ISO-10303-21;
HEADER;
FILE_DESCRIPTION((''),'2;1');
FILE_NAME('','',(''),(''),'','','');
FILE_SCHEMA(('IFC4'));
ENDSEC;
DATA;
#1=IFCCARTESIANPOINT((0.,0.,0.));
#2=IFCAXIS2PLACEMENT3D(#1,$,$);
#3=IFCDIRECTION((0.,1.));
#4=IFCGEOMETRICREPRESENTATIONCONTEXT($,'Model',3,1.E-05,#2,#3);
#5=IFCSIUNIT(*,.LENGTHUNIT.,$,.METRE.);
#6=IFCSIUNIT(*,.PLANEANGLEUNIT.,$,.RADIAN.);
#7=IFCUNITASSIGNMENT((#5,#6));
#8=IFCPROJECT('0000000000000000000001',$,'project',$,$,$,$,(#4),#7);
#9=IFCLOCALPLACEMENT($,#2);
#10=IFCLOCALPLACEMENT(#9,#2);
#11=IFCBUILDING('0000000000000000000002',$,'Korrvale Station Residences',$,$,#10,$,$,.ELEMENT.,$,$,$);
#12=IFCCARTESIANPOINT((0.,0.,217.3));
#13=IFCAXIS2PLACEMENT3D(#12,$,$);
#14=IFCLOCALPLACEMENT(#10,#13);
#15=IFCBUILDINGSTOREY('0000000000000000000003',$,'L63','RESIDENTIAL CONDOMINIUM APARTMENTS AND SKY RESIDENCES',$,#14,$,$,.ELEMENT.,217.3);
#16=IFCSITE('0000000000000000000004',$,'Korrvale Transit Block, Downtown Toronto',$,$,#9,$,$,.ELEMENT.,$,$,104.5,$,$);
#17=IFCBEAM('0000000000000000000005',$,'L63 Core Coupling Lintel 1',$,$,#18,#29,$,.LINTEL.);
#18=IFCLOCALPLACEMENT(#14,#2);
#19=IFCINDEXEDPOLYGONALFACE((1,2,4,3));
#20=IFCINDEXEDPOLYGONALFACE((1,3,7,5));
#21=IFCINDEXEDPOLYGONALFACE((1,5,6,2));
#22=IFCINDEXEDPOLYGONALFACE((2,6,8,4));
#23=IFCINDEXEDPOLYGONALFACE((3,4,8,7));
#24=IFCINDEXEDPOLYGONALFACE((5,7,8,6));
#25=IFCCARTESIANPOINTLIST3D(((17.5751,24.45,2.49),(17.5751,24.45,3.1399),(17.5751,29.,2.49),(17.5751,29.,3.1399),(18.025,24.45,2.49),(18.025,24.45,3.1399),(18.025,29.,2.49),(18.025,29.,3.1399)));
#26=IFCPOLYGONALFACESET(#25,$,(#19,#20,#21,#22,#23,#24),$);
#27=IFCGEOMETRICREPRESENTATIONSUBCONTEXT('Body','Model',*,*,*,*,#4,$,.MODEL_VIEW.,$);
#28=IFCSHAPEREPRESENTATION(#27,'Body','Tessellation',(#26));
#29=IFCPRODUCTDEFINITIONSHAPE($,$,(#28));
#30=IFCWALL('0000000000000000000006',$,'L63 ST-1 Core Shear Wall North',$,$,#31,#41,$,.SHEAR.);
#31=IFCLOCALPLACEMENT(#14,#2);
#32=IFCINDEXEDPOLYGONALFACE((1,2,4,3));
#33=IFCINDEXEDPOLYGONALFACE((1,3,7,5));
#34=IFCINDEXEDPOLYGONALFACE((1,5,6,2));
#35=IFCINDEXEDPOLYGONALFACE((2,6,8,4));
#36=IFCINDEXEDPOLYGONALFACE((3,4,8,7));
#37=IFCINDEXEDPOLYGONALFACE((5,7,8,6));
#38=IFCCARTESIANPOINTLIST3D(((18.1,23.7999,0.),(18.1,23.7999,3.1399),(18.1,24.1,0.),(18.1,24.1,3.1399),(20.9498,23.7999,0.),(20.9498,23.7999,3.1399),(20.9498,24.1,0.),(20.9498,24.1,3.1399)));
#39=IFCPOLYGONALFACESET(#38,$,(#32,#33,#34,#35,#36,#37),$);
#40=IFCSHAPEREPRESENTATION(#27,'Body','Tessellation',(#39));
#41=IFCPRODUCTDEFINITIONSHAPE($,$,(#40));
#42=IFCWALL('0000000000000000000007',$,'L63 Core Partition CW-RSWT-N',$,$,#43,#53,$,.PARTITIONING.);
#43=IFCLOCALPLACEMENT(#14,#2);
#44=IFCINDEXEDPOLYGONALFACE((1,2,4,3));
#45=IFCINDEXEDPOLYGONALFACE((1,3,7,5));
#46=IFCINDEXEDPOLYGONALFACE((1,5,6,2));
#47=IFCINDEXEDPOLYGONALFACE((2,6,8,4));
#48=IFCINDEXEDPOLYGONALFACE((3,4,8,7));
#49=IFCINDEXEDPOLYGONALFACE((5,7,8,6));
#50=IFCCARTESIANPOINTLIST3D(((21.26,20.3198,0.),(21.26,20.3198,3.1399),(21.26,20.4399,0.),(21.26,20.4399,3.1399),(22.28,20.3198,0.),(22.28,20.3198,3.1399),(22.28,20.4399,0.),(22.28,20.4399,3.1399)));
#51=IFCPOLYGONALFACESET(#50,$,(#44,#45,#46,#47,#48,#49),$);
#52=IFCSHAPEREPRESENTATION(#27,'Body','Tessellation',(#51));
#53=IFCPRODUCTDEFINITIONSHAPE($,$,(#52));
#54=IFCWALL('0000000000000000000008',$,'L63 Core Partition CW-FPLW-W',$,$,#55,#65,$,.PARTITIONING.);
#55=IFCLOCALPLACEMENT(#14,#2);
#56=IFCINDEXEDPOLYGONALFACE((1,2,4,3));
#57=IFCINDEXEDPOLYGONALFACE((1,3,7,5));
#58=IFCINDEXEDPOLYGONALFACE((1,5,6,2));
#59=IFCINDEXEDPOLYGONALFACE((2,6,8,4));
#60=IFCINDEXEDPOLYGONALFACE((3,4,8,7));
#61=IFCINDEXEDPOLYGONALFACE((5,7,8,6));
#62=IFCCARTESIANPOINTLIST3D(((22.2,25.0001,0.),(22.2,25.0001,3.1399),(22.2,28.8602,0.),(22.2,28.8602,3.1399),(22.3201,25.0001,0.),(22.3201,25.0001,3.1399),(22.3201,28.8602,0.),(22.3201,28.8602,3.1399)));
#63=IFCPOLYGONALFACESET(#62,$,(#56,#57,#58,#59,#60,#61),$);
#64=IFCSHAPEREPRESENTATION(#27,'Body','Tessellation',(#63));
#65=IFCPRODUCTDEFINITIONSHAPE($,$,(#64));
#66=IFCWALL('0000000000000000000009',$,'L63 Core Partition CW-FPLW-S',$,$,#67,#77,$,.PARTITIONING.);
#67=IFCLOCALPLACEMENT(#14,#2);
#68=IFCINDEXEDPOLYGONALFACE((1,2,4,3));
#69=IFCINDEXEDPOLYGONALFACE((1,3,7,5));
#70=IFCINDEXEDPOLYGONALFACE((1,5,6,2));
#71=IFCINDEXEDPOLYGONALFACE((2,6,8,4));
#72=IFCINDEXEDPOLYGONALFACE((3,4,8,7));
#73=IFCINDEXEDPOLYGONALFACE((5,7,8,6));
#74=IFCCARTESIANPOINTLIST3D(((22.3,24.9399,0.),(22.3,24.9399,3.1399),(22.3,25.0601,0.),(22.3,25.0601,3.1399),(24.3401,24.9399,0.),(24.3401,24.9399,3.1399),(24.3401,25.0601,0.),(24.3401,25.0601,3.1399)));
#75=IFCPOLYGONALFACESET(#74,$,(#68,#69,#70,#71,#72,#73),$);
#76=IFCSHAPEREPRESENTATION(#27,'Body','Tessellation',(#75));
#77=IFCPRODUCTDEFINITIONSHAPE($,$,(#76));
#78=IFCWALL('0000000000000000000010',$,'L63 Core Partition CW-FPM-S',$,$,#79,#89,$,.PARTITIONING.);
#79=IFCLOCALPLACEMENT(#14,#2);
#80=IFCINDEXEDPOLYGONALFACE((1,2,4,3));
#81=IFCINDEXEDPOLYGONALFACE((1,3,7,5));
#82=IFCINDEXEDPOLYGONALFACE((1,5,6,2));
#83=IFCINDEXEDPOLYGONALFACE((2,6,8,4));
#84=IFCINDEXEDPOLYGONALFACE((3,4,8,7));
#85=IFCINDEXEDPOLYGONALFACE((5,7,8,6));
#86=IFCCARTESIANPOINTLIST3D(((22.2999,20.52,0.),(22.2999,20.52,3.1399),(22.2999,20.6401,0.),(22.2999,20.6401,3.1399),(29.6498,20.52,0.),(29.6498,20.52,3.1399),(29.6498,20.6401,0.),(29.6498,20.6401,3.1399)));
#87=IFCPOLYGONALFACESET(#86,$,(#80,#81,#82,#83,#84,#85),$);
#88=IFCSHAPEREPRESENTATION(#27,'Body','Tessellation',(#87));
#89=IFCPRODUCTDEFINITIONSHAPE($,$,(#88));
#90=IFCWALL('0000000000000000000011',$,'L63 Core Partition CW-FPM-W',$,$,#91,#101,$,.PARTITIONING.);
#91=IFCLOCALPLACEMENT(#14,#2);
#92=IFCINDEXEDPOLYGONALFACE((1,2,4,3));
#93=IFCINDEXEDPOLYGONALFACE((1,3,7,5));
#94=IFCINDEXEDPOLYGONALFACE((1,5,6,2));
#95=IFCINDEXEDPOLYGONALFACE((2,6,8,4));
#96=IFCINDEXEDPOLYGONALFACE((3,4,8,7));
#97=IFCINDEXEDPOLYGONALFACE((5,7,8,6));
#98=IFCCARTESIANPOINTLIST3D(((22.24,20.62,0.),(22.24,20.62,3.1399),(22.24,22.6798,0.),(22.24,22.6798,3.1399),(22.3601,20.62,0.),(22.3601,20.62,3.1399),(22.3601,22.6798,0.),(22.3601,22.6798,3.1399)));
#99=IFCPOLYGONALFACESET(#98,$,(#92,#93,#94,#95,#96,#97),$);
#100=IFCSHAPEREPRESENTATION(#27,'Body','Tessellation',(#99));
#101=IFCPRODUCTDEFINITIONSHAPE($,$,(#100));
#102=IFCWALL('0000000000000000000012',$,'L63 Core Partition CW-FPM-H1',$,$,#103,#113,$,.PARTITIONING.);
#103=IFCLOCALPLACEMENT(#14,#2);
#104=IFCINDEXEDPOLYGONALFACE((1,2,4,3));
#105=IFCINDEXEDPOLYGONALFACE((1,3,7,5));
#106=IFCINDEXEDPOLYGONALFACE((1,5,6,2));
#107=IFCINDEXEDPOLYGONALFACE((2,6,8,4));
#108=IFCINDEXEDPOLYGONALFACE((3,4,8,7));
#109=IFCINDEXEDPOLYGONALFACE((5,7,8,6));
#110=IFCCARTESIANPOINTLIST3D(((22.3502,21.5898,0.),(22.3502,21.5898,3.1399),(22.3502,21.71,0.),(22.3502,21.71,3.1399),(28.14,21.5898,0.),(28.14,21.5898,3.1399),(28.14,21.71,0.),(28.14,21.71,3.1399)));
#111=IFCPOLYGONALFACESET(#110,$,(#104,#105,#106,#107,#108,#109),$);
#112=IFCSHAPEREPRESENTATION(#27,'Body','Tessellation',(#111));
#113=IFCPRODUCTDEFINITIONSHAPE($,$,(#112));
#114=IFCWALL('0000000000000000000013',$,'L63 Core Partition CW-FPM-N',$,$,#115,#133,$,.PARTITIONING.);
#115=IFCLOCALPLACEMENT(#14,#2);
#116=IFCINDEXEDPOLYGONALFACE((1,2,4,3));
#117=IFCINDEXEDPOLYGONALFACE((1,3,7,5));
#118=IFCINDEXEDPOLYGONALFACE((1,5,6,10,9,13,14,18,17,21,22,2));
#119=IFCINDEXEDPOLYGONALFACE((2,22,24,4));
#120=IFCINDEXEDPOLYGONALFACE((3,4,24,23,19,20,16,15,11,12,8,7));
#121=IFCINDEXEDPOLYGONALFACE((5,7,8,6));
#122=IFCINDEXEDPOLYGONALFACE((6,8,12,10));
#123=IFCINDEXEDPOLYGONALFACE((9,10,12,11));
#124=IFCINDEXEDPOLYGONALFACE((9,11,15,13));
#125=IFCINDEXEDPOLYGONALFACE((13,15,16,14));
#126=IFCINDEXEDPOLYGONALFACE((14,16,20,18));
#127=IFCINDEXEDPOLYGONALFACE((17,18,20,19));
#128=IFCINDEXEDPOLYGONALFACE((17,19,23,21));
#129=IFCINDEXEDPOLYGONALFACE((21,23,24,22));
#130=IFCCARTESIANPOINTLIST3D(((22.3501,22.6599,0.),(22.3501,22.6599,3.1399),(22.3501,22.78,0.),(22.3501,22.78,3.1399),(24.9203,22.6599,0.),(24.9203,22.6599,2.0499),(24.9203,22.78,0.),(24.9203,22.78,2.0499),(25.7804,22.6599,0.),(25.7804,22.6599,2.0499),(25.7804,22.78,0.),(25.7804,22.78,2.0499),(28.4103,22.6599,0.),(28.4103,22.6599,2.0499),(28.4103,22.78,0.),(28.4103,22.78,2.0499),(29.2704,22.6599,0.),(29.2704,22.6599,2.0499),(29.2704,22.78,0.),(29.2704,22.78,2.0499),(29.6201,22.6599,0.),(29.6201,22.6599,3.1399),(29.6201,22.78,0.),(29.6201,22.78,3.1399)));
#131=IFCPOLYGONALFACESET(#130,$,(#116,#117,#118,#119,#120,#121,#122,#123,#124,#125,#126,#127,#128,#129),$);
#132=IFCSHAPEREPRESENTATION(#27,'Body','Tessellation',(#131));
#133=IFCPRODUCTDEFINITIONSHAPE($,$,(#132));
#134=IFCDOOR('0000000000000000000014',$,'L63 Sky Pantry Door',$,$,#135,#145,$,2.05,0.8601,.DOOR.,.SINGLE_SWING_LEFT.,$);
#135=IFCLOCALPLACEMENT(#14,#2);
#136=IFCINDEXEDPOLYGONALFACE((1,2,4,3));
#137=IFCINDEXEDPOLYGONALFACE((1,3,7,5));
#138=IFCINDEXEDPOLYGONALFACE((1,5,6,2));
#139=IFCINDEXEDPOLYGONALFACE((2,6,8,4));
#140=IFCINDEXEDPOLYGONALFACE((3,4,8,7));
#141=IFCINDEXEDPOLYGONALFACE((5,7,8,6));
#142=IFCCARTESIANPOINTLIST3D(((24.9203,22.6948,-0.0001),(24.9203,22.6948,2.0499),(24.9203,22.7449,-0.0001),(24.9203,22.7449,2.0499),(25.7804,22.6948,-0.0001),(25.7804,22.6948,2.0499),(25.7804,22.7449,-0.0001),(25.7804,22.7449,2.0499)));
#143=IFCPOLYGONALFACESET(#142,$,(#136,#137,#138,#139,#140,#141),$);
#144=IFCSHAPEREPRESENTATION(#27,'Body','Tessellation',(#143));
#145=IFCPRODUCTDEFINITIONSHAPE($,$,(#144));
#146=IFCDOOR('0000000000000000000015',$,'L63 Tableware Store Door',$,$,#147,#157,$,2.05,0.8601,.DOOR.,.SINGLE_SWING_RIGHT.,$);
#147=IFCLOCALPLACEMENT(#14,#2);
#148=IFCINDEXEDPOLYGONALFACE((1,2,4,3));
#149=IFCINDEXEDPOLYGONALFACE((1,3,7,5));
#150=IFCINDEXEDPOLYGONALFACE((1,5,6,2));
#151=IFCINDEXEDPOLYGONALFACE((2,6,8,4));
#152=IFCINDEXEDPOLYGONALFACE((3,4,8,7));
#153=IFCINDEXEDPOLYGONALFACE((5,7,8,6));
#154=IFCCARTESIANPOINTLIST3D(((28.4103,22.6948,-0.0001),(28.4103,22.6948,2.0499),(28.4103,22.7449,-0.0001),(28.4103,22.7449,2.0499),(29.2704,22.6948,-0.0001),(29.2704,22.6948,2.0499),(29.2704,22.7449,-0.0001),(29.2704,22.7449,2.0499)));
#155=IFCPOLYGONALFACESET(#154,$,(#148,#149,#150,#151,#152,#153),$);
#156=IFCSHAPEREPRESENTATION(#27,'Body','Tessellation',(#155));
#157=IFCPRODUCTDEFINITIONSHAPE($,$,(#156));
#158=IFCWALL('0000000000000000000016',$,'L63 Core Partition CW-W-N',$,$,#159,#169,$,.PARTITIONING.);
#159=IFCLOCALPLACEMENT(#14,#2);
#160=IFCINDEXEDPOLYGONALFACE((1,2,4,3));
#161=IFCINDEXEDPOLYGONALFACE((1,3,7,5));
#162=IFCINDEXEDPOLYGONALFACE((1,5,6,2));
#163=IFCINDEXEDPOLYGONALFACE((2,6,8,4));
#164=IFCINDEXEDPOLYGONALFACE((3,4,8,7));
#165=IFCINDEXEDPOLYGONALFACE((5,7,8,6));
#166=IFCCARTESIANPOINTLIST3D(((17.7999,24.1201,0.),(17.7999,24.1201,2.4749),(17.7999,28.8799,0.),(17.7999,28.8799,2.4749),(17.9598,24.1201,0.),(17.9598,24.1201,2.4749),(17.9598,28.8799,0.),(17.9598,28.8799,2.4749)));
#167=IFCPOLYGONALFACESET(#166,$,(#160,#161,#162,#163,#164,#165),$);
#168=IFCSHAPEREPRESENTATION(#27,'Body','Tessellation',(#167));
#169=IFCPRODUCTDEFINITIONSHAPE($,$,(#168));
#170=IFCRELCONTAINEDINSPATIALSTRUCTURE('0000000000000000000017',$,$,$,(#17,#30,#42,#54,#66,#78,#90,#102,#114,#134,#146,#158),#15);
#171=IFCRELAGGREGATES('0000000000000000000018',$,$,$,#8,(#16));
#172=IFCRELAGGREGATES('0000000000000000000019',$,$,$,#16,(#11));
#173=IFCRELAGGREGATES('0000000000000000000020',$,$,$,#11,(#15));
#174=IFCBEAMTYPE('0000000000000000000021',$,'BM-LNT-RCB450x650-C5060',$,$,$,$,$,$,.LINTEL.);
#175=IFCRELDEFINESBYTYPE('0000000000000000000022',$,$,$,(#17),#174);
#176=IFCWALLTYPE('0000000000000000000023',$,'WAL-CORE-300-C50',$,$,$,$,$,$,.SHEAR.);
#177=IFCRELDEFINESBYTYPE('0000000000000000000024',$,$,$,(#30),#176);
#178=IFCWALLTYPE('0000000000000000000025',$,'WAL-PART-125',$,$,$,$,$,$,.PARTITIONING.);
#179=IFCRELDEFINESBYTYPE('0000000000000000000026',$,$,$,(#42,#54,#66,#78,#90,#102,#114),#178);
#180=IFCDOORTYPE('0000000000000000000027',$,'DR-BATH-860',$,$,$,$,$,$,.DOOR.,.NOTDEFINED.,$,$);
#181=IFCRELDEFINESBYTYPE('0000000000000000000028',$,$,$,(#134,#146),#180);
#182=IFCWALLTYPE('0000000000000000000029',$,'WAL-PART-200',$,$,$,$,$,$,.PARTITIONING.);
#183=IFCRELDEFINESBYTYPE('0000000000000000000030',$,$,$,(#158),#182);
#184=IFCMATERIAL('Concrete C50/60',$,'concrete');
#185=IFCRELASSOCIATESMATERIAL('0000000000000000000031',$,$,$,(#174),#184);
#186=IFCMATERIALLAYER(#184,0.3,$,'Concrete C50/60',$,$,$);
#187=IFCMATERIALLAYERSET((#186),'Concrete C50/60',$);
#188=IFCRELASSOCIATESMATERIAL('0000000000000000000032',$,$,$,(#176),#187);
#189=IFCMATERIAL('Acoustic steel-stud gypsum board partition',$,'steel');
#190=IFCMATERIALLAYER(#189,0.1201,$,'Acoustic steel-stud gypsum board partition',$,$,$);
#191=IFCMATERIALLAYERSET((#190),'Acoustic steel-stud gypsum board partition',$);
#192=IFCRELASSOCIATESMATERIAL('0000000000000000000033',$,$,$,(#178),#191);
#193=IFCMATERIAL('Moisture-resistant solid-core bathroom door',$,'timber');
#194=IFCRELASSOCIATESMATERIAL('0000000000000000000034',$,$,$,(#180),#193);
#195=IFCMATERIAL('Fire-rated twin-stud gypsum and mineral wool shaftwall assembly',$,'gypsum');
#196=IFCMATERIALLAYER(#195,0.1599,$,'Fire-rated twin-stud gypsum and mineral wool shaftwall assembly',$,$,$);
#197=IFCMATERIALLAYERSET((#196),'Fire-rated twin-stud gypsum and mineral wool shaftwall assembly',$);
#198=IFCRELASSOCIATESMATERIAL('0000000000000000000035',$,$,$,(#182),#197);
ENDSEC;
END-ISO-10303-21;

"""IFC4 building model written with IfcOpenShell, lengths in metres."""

from ifc_helpers import new_model, si_unit, direction, frame, frame_2d, origin, origin_2d, place, context, subcontext, project, spatial, rectangle, extrude, material, layer, layer_set, material_profile, profile_set, type_object, element, fill, save


model = new_model("IFC4")

# Units and contexts
model_context = context("Model", 3, precision=1e-05, world=origin(), true_north=direction((0.0, 1.0)))
body_context = subcontext(model_context, "Body", "Model", "MODEL_VIEW")
ifc_project = project(units=[si_unit("LENGTHUNIT", "METRE"), si_unit("PLANEANGLEUNIT", "RADIAN")], contexts=[model_context])

# Site, building, storey
site_placement = place(None, origin())
site = spatial("IfcSite", under=ifc_project, at=site_placement, Name="Korrvale Transit Block, Downtown Toronto", CompositionType="ELEMENT", RefElevation=104.5)
building_placement = place(site_placement, origin())
building = spatial("IfcBuilding", under=site, at=building_placement, Name="Korrvale Station Residences", CompositionType="ELEMENT")
storey_placement = place(building_placement, frame((0.0, 0.0, 217.3)))
storey = spatial("IfcBuildingStorey", under=building, at=storey_placement, Name="L63", Description="RESIDENTIAL CONDOMINIUM APARTMENTS AND SKY RESIDENCES", CompositionType="ELEMENT", Elevation=217.3)

# Beam
ifc_material_1 = material(Name="Concrete C50/60", Category="concrete")
ifc_material_profile = material_profile(ifc_material_1, rectangle(XDim=0.45, YDim=0.6499, at=origin_2d()), Name="RCB450x650")
ifc_profile_set = profile_set([ifc_material_profile], Name="Concrete C50/60")
beam_type = type_object("IfcBeamType", Name="BM-LNT-RCB450x650-C5060", PredefinedType="LINTEL", material=ifc_profile_set)
beam_placement = place(storey_placement, frame((17.8, 24.45, 2.8149), z_axis=(0.0, 1.0, 0.0), x_axis=(-1.0, 0.0, 0.0)))
element("IfcBeam", 1, at=beam_placement, inside=storey, type_object=beam_type, Name="L63 Core Coupling Lintel 1", PredefinedType="LINTEL", context=body_context, shape_type="SweptSolid", body=[
    extrude(rectangle(XDim=0.45, YDim=0.6499, at=origin_2d()), origin(), (0.0, 0.0, 1.0), 4.55),
])

# Walls
ifc_layer_1 = layer(ifc_material_1, 0.3, Name="Concrete C50/60")
ifc_layer_set_1 = layer_set([ifc_layer_1], Name="Concrete C50/60")
wall_type_1 = type_object("IfcWallType", Name="WAL-CORE-300-C50", PredefinedType="SHEAR", material=ifc_layer_set_1)
wall_1_placement = place(storey_placement, frame((18.1001, 23.95, 0.0), z_axis=(0.0, 0.0, 1.0), x_axis=(1.0, 0.0, 0.0)))
element("IfcWall", 2, at=wall_1_placement, inside=storey, type_object=wall_type_1, Name="L63 ST-1 Core Shear Wall North", PredefinedType="SHEAR", context=body_context, shape_type="SweptSolid", body=[
    extrude(rectangle(XDim=2.8499, YDim=0.3, at=frame_2d((1.4248, 0.0))), origin(), (0.0, 0.0, 1.0), 3.1399),
])
ifc_material_2 = material(Name="Acoustic steel-stud gypsum board partition", Category="steel")
ifc_layer_2 = layer(ifc_material_2, 0.1201, Name="Acoustic steel-stud gypsum board partition")
ifc_layer_set_2 = layer_set([ifc_layer_2], Name="Acoustic steel-stud gypsum board partition")
wall_type_2 = type_object("IfcWallType", Name="WAL-PART-125", PredefinedType="PARTITIONING", material=ifc_layer_set_2)
wall_2_placement = place(storey_placement, frame((22.28, 20.3799, 0.0), z_axis=(0.0, 0.0, 1.0), x_axis=(-1.0, 0.0, 0.0)))
element("IfcWall", 3, at=wall_2_placement, inside=storey, type_object=wall_type_2, Name="L63 Core Partition CW-RSWT-N", PredefinedType="PARTITIONING", context=body_context, shape_type="SweptSolid", body=[
    extrude(rectangle(XDim=1.02, YDim=0.1201, at=frame_2d((0.51, 0.0))), origin(), (0.0, 0.0, 1.0), 3.1399),
])
wall_3_placement = place(storey_placement, frame((22.26, 25.0, 0.0), z_axis=(0.0, 0.0, 1.0), x_axis=(0.0, 1.0, 0.0)))
element("IfcWall", 4, at=wall_3_placement, inside=storey, type_object=wall_type_2, Name="L63 Core Partition CW-FPLW-W", PredefinedType="PARTITIONING", context=body_context, shape_type="SweptSolid", body=[
    extrude(rectangle(XDim=3.8601, YDim=0.1201, at=frame_2d((1.9302, 0.0))), origin(), (0.0, 0.0, 1.0), 3.1399),
])
wall_4_placement = place(storey_placement, frame((22.3, 25.0, 0.0), z_axis=(0.0, 0.0, 1.0), x_axis=(1.0, 0.0, 0.0)))
element("IfcWall", 5, at=wall_4_placement, inside=storey, type_object=wall_type_2, Name="L63 Core Partition CW-FPLW-S", PredefinedType="PARTITIONING", context=body_context, shape_type="SweptSolid", body=[
    extrude(rectangle(XDim=2.04, YDim=0.1201, at=frame_2d((1.02, 0.0))), origin(), (0.0, 0.0, 1.0), 3.1399),
])
wall_5_placement = place(storey_placement, frame((22.3, 20.5801, 0.0), z_axis=(0.0, 0.0, 1.0), x_axis=(1.0, 0.0, 0.0)))
element("IfcWall", 6, at=wall_5_placement, inside=storey, type_object=wall_type_2, Name="L63 Core Partition CW-FPM-S", PredefinedType="PARTITIONING", context=body_context, shape_type="SweptSolid", body=[
    extrude(rectangle(XDim=7.3499, YDim=0.1201, at=frame_2d((3.6748, 0.0))), origin(), (0.0, 0.0, 1.0), 3.1399),
])
wall_6_placement = place(storey_placement, frame((22.3, 20.6201, 0.0), z_axis=(0.0, 0.0, 1.0), x_axis=(0.0, 1.0, 0.0)))
element("IfcWall", 7, at=wall_6_placement, inside=storey, type_object=wall_type_2, Name="L63 Core Partition CW-FPM-W", PredefinedType="PARTITIONING", context=body_context, shape_type="SweptSolid", body=[
    extrude(rectangle(XDim=2.0598, YDim=0.1201, at=frame_2d((1.0298, 0.0))), origin(), (0.0, 0.0, 1.0), 3.1399),
])
wall_7_placement = place(storey_placement, frame((22.3501, 21.6499, 0.0), z_axis=(0.0, 0.0, 1.0), x_axis=(1.0, 0.0, 0.0)))
element("IfcWall", 8, at=wall_7_placement, inside=storey, type_object=wall_type_2, Name="L63 Core Partition CW-FPM-H1", PredefinedType="PARTITIONING", context=body_context, shape_type="SweptSolid", body=[
    extrude(rectangle(XDim=5.7898, YDim=0.1201, at=frame_2d((2.895, 0.0))), origin(), (0.0, 0.0, 1.0), 3.1399),
])

# Wall, openings, doors
wall_8_placement = place(storey_placement, frame((22.3501, 22.72, 0.0), z_axis=(0.0, 0.0, 1.0), x_axis=(1.0, 0.0, 0.0)))
wall_8 = element("IfcWall", 9, at=wall_8_placement, inside=storey, type_object=wall_type_2, Name="L63 Core Partition CW-FPM-N", PredefinedType="PARTITIONING", context=body_context, shape_type="SweptSolid", body=[
    extrude(rectangle(XDim=7.27, YDim=0.1201, at=frame_2d((3.635, 0.0))), origin(), (0.0, 0.0, 1.0), 3.1399),
])
opening_1_placement = place(wall_8_placement, frame((2.5701, 0.0, 0.0)))
opening_1 = element("IfcOpeningElement", 10, at=opening_1_placement, cuts=wall_8, PredefinedType="OPENING", context=body_context, shape_type="SweptSolid", body=[
    extrude(rectangle(XDim=0.8601, YDim=2.05, at=frame_2d((0.4302, 1.0249))), frame((0.0, 0.0701, 0.0), z_axis=(0.0, -1.0, 0.0), x_axis=(1.0, 0.0, 0.0)), (0.0, 0.0, 1.0), 0.1401),
])
opening_2_placement = place(wall_8_placement, frame((6.0601, 0.0, 0.0)))
opening_2 = element("IfcOpeningElement", 11, at=opening_2_placement, cuts=wall_8, PredefinedType="OPENING", context=body_context, shape_type="SweptSolid", body=[
    extrude(rectangle(XDim=0.8601, YDim=2.05, at=frame_2d((0.4302, 1.0249))), frame((0.0, 0.0701, 0.0), z_axis=(0.0, -1.0, 0.0), x_axis=(1.0, 0.0, 0.0)), (0.0, 0.0, 1.0), 0.1401),
])
ifc_material_3 = material(Name="Moisture-resistant solid-core bathroom door", Category="timber")
door_type_1 = type_object("IfcDoorType", Name="DR-BATH-860", OperationType="NOTDEFINED", PredefinedType="DOOR", material=ifc_material_3)
door_1_placement = place(opening_1_placement, origin())
door_1 = element("IfcDoor", 12, at=door_1_placement, inside=storey, type_object=door_type_1, Name="L63 Sky Pantry Door", OperationType="SINGLE_SWING_LEFT", OverallHeight=2.05, OverallWidth=0.8601, PredefinedType="DOOR", context=body_context, shape_type="SweptSolid", body=[
    extrude(rectangle(XDim=0.8601, YDim=2.05, at=frame_2d((0.4302, 1.0249))), frame((0.0, 0.0249, 0.0), z_axis=(0.0, -1.0, 0.0), x_axis=(1.0, 0.0, 0.0)), (0.0, 0.0, 1.0), 0.05),
])
fill(opening_1, door_1)
door_2_placement = place(opening_2_placement, origin())
door_2 = element("IfcDoor", 13, at=door_2_placement, inside=storey, type_object=door_type_1, Name="L63 Tableware Store Door", OperationType="SINGLE_SWING_RIGHT", OverallHeight=2.05, OverallWidth=0.8601, PredefinedType="DOOR", context=body_context, shape_type="SweptSolid", body=[
    extrude(rectangle(XDim=0.8601, YDim=2.05, at=frame_2d((0.4302, 1.0249))), frame((0.0, 0.0249, 0.0), z_axis=(0.0, -1.0, 0.0), x_axis=(1.0, 0.0, 0.0)), (0.0, 0.0, 1.0), 0.05),
])
fill(opening_2, door_2)

# Wall
ifc_material_4 = material(Name="Fire-rated twin-stud gypsum and mineral wool shaftwall assembly", Category="gypsum")
ifc_layer_3 = layer(ifc_material_4, 0.1599, Name="Fire-rated twin-stud gypsum and mineral wool shaftwall assembly")
ifc_layer_set_3 = layer_set([ifc_layer_3], Name="Fire-rated twin-stud gypsum and mineral wool shaftwall assembly")
wall_type_3 = type_object("IfcWallType", Name="WAL-PART-200", PredefinedType="PARTITIONING", material=ifc_layer_set_3)
wall_9_placement = place(storey_placement, frame((17.8799, 24.1201, 0.0), z_axis=(0.0, 0.0, 1.0), x_axis=(0.0, 1.0, 0.0)))
element("IfcWall", 14, at=wall_9_placement, inside=storey, type_object=wall_type_3, Name="L63 Core Partition CW-W-N", PredefinedType="PARTITIONING", context=body_context, shape_type="SweptSolid", body=[
    extrude(rectangle(XDim=4.7598, YDim=0.1599, at=frame_2d((2.3799, 0.0))), origin(), (0.0, 0.0, 1.0), 2.4749),
])

save(model, "model.ifc")
